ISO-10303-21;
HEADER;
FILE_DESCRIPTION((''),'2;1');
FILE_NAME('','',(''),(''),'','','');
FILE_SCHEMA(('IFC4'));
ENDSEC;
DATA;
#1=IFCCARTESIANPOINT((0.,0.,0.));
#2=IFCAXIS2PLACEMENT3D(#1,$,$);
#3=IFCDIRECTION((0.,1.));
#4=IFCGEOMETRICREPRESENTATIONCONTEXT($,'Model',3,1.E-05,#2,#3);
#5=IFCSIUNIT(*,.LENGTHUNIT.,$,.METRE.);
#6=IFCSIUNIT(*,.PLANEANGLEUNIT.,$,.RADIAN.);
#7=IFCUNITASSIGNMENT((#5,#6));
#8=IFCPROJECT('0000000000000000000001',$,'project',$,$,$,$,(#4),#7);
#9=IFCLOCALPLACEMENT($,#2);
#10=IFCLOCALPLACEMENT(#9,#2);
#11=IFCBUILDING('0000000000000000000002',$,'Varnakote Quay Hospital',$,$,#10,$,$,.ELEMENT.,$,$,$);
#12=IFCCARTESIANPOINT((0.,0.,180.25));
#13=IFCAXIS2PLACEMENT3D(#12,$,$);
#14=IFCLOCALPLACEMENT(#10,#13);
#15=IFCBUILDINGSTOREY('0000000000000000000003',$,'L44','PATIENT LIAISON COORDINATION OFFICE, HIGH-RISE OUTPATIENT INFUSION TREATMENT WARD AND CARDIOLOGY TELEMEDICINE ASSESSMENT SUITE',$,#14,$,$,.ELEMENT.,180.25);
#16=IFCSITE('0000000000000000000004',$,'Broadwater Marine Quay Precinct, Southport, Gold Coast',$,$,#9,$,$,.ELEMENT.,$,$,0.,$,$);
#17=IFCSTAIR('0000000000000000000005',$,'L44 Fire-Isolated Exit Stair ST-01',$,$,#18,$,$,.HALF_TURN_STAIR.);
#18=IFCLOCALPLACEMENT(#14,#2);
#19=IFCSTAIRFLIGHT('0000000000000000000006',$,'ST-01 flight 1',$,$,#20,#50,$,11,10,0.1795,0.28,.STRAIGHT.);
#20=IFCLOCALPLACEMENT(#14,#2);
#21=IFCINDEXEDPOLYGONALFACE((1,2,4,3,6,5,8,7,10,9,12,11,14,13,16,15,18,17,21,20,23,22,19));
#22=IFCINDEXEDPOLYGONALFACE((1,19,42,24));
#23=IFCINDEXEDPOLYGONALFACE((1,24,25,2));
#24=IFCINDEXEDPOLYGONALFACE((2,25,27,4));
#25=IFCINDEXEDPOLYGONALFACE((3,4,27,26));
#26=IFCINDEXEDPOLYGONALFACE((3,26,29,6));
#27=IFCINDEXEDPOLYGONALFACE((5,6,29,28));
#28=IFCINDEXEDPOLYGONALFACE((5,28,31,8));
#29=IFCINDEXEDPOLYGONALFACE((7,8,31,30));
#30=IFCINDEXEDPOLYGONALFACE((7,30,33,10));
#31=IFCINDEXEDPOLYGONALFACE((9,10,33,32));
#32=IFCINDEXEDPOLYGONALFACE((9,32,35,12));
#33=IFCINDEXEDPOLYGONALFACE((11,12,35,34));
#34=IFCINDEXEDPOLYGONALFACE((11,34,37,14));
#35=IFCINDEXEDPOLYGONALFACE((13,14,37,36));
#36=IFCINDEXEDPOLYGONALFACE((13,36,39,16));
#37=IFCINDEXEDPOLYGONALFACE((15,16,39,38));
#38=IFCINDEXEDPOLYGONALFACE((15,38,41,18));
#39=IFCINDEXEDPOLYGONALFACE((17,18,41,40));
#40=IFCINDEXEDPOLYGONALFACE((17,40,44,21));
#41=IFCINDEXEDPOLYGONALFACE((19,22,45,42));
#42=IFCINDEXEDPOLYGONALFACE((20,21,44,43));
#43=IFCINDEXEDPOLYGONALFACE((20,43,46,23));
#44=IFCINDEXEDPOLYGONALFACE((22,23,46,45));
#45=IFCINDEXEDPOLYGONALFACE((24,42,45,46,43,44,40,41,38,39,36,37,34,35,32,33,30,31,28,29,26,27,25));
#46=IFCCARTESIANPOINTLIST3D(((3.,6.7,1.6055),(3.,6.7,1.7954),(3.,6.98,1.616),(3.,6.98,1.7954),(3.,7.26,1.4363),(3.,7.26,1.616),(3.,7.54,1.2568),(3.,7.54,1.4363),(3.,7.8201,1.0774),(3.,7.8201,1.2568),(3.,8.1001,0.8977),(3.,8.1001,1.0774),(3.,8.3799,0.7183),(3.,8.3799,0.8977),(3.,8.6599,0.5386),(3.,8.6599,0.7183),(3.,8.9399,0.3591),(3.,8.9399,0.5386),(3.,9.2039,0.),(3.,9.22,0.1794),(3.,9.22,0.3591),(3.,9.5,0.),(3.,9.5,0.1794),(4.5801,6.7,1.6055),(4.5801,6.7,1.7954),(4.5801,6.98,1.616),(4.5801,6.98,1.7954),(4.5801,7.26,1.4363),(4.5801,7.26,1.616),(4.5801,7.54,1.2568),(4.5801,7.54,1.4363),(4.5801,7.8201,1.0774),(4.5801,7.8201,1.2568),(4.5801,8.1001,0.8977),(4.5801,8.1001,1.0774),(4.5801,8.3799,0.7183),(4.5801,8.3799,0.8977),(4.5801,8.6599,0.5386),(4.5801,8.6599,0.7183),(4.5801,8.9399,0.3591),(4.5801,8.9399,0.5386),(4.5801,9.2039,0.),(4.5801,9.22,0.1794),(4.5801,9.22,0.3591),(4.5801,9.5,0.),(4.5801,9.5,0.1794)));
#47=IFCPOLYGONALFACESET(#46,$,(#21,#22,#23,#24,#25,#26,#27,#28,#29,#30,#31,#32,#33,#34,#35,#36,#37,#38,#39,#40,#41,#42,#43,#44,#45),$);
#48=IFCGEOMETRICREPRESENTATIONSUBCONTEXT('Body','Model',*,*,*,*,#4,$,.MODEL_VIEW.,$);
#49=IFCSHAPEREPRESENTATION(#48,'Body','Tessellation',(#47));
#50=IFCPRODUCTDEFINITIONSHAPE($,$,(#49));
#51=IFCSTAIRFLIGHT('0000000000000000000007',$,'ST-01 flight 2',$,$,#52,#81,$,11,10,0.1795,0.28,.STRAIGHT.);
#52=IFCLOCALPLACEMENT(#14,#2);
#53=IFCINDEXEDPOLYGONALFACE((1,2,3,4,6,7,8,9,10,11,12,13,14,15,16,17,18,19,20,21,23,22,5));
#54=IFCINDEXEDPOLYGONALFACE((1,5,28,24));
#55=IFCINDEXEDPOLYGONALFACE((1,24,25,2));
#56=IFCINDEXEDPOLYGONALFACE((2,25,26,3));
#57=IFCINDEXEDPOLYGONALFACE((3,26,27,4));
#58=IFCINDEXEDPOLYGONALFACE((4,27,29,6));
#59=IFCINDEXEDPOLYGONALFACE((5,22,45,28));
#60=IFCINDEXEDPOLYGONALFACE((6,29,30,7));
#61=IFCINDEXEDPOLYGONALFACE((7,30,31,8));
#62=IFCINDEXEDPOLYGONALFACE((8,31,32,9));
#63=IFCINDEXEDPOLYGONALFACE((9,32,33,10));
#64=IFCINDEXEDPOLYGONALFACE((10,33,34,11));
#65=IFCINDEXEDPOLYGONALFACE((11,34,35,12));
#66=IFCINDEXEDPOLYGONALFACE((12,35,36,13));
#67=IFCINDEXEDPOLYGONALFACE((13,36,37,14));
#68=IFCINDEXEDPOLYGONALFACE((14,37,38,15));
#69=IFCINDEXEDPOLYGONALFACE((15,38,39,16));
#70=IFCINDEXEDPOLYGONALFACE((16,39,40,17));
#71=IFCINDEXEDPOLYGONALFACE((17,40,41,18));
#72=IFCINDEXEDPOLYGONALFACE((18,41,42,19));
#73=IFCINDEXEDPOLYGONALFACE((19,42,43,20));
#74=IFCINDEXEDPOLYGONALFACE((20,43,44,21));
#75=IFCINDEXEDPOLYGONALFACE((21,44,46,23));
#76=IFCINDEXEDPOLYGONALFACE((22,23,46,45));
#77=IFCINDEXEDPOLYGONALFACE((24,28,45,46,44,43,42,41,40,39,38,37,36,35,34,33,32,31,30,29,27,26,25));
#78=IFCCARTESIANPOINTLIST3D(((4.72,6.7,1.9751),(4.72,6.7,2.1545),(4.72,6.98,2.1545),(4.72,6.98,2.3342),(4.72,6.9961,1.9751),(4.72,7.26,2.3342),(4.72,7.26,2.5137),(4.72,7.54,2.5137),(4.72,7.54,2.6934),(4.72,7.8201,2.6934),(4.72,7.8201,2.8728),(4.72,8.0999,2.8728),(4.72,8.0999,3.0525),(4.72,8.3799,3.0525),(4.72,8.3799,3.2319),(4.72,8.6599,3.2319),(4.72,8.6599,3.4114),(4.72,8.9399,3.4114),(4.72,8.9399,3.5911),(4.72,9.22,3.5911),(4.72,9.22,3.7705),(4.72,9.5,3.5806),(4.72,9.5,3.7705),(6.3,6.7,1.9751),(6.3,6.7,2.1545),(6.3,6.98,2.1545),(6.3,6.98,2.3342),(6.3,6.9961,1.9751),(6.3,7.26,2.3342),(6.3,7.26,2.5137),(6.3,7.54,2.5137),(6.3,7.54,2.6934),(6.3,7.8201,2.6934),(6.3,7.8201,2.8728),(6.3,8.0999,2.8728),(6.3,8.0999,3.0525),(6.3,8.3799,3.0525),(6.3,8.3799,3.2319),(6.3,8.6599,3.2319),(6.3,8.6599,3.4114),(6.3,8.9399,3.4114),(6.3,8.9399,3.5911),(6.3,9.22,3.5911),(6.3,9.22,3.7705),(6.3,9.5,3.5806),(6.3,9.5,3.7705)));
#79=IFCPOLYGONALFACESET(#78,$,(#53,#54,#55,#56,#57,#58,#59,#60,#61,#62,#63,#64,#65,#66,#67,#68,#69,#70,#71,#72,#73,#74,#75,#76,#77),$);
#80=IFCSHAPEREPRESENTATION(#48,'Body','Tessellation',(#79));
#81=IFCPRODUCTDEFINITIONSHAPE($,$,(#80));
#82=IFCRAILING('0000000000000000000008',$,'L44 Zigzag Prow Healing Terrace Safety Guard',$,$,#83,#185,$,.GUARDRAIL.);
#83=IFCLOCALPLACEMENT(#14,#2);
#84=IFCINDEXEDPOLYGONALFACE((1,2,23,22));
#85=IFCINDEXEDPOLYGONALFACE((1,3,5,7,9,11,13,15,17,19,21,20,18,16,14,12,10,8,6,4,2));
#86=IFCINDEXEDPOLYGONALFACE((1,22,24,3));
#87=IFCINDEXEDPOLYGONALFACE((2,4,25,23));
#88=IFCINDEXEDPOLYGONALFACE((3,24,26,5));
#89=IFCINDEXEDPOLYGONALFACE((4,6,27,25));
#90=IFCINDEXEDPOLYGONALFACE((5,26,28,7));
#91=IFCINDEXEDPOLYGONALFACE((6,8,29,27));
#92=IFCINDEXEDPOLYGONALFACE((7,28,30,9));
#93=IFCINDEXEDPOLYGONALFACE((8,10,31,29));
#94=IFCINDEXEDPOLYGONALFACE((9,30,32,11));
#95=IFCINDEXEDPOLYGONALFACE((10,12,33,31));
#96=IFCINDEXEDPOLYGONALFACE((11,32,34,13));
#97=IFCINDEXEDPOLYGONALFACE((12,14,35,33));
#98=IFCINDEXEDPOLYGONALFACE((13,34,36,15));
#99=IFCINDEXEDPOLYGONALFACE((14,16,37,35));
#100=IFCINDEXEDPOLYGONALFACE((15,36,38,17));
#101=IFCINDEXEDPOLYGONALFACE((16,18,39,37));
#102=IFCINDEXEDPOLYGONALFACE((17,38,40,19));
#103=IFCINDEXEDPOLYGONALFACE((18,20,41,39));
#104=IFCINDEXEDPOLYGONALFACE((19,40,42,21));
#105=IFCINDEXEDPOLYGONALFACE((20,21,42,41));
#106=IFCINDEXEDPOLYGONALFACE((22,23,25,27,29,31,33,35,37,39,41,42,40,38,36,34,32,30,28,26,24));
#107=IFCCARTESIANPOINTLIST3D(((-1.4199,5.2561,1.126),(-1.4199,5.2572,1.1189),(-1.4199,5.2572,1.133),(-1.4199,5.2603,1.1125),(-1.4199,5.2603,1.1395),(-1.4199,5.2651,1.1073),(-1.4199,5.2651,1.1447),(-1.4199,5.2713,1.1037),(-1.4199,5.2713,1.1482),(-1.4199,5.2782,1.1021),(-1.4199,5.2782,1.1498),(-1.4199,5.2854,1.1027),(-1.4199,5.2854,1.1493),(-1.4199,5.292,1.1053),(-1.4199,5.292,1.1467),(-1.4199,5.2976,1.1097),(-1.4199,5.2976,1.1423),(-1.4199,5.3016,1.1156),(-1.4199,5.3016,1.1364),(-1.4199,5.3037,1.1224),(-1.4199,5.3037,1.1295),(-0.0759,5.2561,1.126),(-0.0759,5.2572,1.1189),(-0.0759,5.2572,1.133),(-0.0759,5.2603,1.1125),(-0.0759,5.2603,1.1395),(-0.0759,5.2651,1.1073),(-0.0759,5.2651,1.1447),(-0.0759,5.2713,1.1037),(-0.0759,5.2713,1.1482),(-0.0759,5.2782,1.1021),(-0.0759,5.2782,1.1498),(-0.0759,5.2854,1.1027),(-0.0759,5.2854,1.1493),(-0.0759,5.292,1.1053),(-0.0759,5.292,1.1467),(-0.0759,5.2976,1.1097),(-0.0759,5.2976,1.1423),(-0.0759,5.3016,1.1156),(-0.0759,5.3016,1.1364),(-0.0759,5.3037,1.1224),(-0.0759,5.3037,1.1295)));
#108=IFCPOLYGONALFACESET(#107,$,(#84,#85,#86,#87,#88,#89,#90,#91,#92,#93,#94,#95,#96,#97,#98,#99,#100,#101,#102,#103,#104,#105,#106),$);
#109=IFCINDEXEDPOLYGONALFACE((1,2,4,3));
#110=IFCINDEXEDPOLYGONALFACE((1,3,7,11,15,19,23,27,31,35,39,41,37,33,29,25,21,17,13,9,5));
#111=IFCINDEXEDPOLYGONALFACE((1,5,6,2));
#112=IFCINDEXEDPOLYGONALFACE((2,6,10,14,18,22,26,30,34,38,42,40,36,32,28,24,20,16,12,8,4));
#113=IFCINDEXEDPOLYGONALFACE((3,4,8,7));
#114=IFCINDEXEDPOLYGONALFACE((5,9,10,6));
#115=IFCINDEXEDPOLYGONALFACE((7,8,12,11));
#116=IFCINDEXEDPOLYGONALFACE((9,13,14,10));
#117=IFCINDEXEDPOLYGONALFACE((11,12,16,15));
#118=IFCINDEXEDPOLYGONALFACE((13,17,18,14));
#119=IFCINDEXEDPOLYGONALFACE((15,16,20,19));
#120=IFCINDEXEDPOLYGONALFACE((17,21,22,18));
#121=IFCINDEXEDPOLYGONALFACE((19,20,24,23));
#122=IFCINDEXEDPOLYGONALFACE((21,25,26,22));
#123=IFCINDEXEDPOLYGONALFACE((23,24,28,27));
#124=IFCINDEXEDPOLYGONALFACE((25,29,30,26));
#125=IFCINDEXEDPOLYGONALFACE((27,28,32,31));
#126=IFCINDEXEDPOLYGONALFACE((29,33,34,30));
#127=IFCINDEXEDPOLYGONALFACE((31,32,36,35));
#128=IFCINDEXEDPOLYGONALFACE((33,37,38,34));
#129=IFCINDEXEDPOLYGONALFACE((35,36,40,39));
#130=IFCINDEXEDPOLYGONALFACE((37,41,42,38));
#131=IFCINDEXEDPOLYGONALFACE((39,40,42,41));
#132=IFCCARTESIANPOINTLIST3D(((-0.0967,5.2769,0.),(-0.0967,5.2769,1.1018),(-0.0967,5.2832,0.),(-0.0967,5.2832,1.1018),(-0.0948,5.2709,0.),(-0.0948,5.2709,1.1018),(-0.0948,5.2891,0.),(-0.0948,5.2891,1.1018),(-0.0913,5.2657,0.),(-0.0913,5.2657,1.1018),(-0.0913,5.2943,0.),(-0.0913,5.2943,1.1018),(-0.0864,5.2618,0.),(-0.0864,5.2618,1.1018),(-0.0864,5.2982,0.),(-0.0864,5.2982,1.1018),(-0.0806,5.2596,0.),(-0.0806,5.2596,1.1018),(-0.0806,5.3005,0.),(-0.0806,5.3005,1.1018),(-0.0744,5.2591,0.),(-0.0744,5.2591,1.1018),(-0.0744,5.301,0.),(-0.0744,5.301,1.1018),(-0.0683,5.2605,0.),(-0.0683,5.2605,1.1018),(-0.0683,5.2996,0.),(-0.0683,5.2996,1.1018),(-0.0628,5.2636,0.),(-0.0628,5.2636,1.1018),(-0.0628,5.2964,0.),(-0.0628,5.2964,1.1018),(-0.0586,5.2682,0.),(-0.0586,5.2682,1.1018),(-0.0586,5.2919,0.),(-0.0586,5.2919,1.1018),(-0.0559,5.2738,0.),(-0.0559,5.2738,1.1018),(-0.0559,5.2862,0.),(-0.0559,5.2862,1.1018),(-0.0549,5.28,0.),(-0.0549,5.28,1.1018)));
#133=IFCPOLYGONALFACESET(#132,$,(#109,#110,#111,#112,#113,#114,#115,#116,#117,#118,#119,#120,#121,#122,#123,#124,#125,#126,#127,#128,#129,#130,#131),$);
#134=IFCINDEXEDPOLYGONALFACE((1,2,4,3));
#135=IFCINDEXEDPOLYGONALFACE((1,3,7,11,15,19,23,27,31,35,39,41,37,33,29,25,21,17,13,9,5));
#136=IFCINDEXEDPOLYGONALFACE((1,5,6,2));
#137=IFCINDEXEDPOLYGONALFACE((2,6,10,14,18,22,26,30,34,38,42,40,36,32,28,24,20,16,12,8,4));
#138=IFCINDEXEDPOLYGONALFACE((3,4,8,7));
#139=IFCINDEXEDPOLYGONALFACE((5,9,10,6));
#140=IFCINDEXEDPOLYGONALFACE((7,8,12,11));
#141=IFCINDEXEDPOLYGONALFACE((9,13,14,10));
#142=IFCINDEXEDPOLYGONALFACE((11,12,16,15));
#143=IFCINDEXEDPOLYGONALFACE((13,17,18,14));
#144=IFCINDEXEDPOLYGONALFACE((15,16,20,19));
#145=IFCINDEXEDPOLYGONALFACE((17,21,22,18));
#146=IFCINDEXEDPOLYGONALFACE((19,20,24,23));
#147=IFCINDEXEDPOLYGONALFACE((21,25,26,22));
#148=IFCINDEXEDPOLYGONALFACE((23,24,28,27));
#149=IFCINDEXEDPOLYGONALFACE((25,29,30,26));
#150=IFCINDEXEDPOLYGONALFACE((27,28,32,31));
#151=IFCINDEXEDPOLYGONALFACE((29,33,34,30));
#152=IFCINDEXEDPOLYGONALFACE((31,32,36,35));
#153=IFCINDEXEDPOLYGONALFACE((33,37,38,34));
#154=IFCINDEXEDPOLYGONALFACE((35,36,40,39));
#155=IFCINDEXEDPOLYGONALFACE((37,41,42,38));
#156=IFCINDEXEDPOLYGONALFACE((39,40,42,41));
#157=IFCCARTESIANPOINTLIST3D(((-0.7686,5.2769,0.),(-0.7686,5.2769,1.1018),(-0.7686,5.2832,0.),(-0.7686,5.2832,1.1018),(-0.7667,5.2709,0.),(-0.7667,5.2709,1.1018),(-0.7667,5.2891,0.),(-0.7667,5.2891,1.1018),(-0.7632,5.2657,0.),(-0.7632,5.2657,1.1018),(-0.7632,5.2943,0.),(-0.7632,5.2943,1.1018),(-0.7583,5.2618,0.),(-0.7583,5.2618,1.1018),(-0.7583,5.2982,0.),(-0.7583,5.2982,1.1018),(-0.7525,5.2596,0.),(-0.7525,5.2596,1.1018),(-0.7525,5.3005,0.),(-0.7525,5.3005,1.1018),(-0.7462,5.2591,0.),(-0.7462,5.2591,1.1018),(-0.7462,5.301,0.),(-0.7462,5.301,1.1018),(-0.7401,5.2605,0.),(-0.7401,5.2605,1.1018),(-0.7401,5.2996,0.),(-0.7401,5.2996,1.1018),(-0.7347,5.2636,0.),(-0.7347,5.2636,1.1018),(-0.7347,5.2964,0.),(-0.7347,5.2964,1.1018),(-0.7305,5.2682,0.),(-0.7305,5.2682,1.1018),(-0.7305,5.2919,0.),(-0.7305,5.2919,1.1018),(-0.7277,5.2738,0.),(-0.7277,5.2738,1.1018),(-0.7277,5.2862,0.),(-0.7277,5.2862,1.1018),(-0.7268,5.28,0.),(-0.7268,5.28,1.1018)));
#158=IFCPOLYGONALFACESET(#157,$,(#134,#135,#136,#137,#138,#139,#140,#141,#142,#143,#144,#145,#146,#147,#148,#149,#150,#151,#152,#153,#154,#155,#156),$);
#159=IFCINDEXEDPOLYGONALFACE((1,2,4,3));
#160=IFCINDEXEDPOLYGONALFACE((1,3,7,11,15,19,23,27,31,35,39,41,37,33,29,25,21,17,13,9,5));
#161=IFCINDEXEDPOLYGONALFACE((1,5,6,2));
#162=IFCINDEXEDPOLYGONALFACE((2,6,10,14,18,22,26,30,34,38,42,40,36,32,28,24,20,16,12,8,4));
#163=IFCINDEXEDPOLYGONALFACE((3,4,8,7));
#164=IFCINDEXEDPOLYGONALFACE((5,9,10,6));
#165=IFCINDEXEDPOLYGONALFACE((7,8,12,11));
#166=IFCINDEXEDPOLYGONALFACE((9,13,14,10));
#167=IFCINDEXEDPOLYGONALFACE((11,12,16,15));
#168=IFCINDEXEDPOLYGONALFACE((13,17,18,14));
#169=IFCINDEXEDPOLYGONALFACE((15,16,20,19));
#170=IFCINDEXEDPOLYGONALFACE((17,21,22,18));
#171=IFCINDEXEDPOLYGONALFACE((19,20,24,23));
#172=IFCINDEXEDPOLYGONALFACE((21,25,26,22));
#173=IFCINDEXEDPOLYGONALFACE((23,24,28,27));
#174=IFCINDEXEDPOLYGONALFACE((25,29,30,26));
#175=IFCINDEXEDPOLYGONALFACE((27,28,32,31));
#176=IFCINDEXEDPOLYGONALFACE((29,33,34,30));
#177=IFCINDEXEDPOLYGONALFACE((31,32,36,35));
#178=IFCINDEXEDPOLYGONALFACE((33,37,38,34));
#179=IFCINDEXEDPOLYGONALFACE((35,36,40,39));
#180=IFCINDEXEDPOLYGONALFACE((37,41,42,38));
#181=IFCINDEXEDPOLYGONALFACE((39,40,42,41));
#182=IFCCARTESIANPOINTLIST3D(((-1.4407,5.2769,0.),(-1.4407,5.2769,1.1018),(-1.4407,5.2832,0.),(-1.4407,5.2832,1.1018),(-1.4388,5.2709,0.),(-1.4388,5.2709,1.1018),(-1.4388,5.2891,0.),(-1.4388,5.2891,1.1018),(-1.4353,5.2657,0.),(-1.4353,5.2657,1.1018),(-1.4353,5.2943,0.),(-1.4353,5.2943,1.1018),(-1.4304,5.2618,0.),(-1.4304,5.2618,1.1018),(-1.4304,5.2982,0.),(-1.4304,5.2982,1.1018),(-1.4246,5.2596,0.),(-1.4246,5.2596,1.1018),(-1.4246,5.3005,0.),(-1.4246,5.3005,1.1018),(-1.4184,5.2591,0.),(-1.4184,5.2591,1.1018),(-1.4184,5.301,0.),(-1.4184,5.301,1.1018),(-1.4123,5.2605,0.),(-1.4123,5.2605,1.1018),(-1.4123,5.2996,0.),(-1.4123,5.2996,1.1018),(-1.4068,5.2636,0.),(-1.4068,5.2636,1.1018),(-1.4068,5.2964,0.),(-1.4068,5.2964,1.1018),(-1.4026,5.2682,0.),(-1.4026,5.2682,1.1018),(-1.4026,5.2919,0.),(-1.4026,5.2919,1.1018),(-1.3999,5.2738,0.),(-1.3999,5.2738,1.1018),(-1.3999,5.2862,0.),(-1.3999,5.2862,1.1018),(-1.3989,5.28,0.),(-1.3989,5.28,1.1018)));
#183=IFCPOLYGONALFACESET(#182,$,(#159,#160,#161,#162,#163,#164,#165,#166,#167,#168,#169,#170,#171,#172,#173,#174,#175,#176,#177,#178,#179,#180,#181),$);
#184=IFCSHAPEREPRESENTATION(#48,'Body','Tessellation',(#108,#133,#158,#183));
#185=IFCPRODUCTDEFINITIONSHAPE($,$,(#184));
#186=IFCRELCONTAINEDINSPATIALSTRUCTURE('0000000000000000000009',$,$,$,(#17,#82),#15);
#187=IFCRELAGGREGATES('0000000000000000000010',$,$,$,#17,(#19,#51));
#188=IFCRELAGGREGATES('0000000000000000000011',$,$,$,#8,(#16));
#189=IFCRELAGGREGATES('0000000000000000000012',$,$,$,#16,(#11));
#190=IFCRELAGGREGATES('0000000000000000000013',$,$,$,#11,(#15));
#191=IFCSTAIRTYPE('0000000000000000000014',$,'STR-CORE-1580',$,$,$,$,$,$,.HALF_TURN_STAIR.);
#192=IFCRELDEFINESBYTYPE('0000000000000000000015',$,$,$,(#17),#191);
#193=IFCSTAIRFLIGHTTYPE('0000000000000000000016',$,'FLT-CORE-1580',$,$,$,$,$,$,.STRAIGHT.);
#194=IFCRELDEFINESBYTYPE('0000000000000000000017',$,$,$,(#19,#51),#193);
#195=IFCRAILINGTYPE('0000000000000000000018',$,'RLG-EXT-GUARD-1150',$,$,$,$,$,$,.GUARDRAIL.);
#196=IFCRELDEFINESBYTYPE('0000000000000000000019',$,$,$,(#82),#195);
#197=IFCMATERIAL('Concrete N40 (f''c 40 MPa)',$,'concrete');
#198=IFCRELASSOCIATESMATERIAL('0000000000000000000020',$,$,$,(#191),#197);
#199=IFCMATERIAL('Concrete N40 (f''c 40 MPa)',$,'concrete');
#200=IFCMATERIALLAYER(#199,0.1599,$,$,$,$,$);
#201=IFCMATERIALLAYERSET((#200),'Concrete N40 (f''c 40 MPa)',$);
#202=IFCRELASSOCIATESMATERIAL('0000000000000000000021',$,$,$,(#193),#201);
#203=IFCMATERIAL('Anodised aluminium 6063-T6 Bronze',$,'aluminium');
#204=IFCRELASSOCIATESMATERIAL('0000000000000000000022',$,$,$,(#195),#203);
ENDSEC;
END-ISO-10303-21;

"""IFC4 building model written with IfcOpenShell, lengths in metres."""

from ifc_helpers import new_model, si_unit, direction, frame, origin, origin_2d, place, context, subcontext, project, spatial, polyline, circle, outline, extrude, material, layer, layer_set, type_object, element, aggregate, save


model = new_model("IFC4")

# Units and contexts
model_context = context("Model", 3, precision=1e-05, world=origin(), true_north=direction((0.0, 1.0)))
body_context = subcontext(model_context, "Body", "Model", "MODEL_VIEW")
ifc_project = project(units=[si_unit("LENGTHUNIT", "METRE"), si_unit("PLANEANGLEUNIT", "RADIAN")], contexts=[model_context])

# Site, building, storey
site_placement = place(None, origin())
site = spatial("IfcSite", under=ifc_project, at=site_placement, Name="Broadwater Marine Quay Precinct, Southport, Gold Coast", CompositionType="ELEMENT", RefElevation=0.0)
building_placement = place(site_placement, origin())
building = spatial("IfcBuilding", under=site, at=building_placement, Name="Varnakote Quay Hospital", CompositionType="ELEMENT")
storey_placement = place(building_placement, frame((0.0, 0.0, 180.25)))
storey = spatial("IfcBuildingStorey", under=building, at=storey_placement, Name="L44", Description="PATIENT LIAISON COORDINATION OFFICE, HIGH-RISE OUTPATIENT INFUSION TREATMENT WARD AND CARDIOLOGY TELEMEDICINE ASSESSMENT SUITE", CompositionType="ELEMENT", Elevation=180.25)

# Stair
ifc_material_1 = material(Name="Concrete N40 (f'c 40 MPa)", Category="concrete")
stair_type = type_object("IfcStairType", Name="STR-CORE-1580", PredefinedType="HALF_TURN_STAIR", material=ifc_material_1)
stair_1_placement = place(storey_placement, origin())
stair_1 = element("IfcStair", 1, at=stair_1_placement, inside=storey, type_object=stair_type, Name="L44 Fire-Isolated Exit Stair ST-01", PredefinedType="HALF_TURN_STAIR")

# Stair flights
ifc_material_2 = material(Name="Concrete N40 (f'c 40 MPa)", Category="concrete")
ifc_layer_1 = layer(ifc_material_2, 0.1599)
ifc_layer_set_1 = layer_set([ifc_layer_1], Name="Concrete N40 (f'c 40 MPa)")
stair_flight_type = type_object("IfcStairFlightType", Name="FLT-CORE-1580", PredefinedType="STRAIGHT", material=ifc_layer_set_1)
stair_flight_1_placement = place(storey_placement, frame((3.79, 9.5, 0.0), z_axis=(0.0, 0.0, 1.0), x_axis=(0.0, -1.0, 0.0)))
stair_flight_1 = element("IfcStairFlight", 2, at=stair_flight_1_placement, type_object=stair_flight_type, Name="ST-01 flight 1", NumberOfRisers=11, NumberOfTreads=10, PredefinedType="STRAIGHT", RiserHeight=0.1795, TreadLength=0.28, context=body_context, shape_type="SweptSolid", body=[
    extrude(outline(polyline([(0.0, 0.0), (0.0, 0.1794), (0.28, 0.1794), (0.28, 0.3591), (0.5601, 0.3591), (0.5601, 0.5386), (0.8401, 0.5386), (0.8401, 0.7183), (1.1201, 0.7183), (1.1201, 0.8977), (1.3999, 0.8977), (1.3999, 1.0774), (1.6799, 1.0774), (1.6799, 1.2568), (1.96, 1.2568), (1.96, 1.4363), (2.24, 1.4363), (2.24, 1.616), (2.52, 1.616), (2.52, 1.7954), (2.8, 1.7954), (2.8, 1.9751), (2.8, 1.6055), (0.2961, 0.0), (0.0, 0.0)])), frame((0.0, 0.79, 0.0), z_axis=(0.0, -1.0, 0.0), x_axis=(1.0, 0.0, 0.0)), (0.0, 0.0, 1.0), 1.5801),
])
stair_flight_2_placement = place(storey_placement, frame((5.51, 6.7, 1.9751), z_axis=(0.0, 0.0, 1.0), x_axis=(0.0, 1.0, 0.0)))
stair_flight_2 = element("IfcStairFlight", 3, at=stair_flight_2_placement, type_object=stair_flight_type, Name="ST-01 flight 2", NumberOfRisers=11, NumberOfTreads=10, PredefinedType="STRAIGHT", RiserHeight=0.1795, TreadLength=0.28, context=body_context, shape_type="SweptSolid", body=[
    extrude(outline(polyline([(0.0, 0.0), (0.0, 0.1794), (0.28, 0.1794), (0.28, 0.3591), (0.5601, 0.3591), (0.5601, 0.5386), (0.8401, 0.5386), (0.8401, 0.7183), (1.1201, 0.7183), (1.1201, 0.8977), (1.3999, 0.8977), (1.3999, 1.0774), (1.6799, 1.0774), (1.6799, 1.2568), (1.96, 1.2568), (1.96, 1.4363), (2.24, 1.4363), (2.24, 1.616), (2.52, 1.616), (2.52, 1.7954), (2.8, 1.7954), (2.8, 1.9751), (2.8, 1.6055), (0.2961, 0.0), (0.0, 0.0)])), frame((0.0, 0.79, 0.0), z_axis=(0.0, -1.0, 0.0), x_axis=(1.0, 0.0, 0.0)), (0.0, 0.0, 1.0), 1.5801),
])
aggregate(stair_1, [stair_flight_1, stair_flight_2])

# Railing
ifc_material_3 = material(Name="Anodised aluminium 6063-T6 Bronze", Category="aluminium")
railing_type_1 = type_object("IfcRailingType", Name="RLG-EXT-GUARD-1150", PredefinedType="GUARDRAIL", material=ifc_material_3)
railing_1_placement = place(storey_placement, frame((-0.0759, 5.28, 0.0)))
element("IfcRailing", 4, at=railing_1_placement, inside=storey, type_object=railing_type_1, Name="L44 Zigzag Prow Healing Terrace Safety Guard", PredefinedType="GUARDRAIL", context=body_context, shape_type="SweptSolid", body=[
    extrude(circle(Radius=0.0239, at=origin_2d()), frame((0.0, 0.0, 1.126), z_axis=(-1.0, 0.0, 0.0), x_axis=(0.0, -1.0, 0.0)), (0.0, 0.0, 1.0), 1.344),
    extrude(circle(Radius=0.021, at=origin_2d()), origin(), (0.0, 0.0, 1.0), 1.1018),
    extrude(circle(Radius=0.021, at=origin_2d()), frame((-0.6719, 0.0, 0.0)), (0.0, 0.0, 1.0), 1.1018),
    extrude(circle(Radius=0.021, at=origin_2d()), frame((-1.344, 0.0, 0.0)), (0.0, 0.0, 1.0), 1.1018),
])

save(model, "model.ifc")
